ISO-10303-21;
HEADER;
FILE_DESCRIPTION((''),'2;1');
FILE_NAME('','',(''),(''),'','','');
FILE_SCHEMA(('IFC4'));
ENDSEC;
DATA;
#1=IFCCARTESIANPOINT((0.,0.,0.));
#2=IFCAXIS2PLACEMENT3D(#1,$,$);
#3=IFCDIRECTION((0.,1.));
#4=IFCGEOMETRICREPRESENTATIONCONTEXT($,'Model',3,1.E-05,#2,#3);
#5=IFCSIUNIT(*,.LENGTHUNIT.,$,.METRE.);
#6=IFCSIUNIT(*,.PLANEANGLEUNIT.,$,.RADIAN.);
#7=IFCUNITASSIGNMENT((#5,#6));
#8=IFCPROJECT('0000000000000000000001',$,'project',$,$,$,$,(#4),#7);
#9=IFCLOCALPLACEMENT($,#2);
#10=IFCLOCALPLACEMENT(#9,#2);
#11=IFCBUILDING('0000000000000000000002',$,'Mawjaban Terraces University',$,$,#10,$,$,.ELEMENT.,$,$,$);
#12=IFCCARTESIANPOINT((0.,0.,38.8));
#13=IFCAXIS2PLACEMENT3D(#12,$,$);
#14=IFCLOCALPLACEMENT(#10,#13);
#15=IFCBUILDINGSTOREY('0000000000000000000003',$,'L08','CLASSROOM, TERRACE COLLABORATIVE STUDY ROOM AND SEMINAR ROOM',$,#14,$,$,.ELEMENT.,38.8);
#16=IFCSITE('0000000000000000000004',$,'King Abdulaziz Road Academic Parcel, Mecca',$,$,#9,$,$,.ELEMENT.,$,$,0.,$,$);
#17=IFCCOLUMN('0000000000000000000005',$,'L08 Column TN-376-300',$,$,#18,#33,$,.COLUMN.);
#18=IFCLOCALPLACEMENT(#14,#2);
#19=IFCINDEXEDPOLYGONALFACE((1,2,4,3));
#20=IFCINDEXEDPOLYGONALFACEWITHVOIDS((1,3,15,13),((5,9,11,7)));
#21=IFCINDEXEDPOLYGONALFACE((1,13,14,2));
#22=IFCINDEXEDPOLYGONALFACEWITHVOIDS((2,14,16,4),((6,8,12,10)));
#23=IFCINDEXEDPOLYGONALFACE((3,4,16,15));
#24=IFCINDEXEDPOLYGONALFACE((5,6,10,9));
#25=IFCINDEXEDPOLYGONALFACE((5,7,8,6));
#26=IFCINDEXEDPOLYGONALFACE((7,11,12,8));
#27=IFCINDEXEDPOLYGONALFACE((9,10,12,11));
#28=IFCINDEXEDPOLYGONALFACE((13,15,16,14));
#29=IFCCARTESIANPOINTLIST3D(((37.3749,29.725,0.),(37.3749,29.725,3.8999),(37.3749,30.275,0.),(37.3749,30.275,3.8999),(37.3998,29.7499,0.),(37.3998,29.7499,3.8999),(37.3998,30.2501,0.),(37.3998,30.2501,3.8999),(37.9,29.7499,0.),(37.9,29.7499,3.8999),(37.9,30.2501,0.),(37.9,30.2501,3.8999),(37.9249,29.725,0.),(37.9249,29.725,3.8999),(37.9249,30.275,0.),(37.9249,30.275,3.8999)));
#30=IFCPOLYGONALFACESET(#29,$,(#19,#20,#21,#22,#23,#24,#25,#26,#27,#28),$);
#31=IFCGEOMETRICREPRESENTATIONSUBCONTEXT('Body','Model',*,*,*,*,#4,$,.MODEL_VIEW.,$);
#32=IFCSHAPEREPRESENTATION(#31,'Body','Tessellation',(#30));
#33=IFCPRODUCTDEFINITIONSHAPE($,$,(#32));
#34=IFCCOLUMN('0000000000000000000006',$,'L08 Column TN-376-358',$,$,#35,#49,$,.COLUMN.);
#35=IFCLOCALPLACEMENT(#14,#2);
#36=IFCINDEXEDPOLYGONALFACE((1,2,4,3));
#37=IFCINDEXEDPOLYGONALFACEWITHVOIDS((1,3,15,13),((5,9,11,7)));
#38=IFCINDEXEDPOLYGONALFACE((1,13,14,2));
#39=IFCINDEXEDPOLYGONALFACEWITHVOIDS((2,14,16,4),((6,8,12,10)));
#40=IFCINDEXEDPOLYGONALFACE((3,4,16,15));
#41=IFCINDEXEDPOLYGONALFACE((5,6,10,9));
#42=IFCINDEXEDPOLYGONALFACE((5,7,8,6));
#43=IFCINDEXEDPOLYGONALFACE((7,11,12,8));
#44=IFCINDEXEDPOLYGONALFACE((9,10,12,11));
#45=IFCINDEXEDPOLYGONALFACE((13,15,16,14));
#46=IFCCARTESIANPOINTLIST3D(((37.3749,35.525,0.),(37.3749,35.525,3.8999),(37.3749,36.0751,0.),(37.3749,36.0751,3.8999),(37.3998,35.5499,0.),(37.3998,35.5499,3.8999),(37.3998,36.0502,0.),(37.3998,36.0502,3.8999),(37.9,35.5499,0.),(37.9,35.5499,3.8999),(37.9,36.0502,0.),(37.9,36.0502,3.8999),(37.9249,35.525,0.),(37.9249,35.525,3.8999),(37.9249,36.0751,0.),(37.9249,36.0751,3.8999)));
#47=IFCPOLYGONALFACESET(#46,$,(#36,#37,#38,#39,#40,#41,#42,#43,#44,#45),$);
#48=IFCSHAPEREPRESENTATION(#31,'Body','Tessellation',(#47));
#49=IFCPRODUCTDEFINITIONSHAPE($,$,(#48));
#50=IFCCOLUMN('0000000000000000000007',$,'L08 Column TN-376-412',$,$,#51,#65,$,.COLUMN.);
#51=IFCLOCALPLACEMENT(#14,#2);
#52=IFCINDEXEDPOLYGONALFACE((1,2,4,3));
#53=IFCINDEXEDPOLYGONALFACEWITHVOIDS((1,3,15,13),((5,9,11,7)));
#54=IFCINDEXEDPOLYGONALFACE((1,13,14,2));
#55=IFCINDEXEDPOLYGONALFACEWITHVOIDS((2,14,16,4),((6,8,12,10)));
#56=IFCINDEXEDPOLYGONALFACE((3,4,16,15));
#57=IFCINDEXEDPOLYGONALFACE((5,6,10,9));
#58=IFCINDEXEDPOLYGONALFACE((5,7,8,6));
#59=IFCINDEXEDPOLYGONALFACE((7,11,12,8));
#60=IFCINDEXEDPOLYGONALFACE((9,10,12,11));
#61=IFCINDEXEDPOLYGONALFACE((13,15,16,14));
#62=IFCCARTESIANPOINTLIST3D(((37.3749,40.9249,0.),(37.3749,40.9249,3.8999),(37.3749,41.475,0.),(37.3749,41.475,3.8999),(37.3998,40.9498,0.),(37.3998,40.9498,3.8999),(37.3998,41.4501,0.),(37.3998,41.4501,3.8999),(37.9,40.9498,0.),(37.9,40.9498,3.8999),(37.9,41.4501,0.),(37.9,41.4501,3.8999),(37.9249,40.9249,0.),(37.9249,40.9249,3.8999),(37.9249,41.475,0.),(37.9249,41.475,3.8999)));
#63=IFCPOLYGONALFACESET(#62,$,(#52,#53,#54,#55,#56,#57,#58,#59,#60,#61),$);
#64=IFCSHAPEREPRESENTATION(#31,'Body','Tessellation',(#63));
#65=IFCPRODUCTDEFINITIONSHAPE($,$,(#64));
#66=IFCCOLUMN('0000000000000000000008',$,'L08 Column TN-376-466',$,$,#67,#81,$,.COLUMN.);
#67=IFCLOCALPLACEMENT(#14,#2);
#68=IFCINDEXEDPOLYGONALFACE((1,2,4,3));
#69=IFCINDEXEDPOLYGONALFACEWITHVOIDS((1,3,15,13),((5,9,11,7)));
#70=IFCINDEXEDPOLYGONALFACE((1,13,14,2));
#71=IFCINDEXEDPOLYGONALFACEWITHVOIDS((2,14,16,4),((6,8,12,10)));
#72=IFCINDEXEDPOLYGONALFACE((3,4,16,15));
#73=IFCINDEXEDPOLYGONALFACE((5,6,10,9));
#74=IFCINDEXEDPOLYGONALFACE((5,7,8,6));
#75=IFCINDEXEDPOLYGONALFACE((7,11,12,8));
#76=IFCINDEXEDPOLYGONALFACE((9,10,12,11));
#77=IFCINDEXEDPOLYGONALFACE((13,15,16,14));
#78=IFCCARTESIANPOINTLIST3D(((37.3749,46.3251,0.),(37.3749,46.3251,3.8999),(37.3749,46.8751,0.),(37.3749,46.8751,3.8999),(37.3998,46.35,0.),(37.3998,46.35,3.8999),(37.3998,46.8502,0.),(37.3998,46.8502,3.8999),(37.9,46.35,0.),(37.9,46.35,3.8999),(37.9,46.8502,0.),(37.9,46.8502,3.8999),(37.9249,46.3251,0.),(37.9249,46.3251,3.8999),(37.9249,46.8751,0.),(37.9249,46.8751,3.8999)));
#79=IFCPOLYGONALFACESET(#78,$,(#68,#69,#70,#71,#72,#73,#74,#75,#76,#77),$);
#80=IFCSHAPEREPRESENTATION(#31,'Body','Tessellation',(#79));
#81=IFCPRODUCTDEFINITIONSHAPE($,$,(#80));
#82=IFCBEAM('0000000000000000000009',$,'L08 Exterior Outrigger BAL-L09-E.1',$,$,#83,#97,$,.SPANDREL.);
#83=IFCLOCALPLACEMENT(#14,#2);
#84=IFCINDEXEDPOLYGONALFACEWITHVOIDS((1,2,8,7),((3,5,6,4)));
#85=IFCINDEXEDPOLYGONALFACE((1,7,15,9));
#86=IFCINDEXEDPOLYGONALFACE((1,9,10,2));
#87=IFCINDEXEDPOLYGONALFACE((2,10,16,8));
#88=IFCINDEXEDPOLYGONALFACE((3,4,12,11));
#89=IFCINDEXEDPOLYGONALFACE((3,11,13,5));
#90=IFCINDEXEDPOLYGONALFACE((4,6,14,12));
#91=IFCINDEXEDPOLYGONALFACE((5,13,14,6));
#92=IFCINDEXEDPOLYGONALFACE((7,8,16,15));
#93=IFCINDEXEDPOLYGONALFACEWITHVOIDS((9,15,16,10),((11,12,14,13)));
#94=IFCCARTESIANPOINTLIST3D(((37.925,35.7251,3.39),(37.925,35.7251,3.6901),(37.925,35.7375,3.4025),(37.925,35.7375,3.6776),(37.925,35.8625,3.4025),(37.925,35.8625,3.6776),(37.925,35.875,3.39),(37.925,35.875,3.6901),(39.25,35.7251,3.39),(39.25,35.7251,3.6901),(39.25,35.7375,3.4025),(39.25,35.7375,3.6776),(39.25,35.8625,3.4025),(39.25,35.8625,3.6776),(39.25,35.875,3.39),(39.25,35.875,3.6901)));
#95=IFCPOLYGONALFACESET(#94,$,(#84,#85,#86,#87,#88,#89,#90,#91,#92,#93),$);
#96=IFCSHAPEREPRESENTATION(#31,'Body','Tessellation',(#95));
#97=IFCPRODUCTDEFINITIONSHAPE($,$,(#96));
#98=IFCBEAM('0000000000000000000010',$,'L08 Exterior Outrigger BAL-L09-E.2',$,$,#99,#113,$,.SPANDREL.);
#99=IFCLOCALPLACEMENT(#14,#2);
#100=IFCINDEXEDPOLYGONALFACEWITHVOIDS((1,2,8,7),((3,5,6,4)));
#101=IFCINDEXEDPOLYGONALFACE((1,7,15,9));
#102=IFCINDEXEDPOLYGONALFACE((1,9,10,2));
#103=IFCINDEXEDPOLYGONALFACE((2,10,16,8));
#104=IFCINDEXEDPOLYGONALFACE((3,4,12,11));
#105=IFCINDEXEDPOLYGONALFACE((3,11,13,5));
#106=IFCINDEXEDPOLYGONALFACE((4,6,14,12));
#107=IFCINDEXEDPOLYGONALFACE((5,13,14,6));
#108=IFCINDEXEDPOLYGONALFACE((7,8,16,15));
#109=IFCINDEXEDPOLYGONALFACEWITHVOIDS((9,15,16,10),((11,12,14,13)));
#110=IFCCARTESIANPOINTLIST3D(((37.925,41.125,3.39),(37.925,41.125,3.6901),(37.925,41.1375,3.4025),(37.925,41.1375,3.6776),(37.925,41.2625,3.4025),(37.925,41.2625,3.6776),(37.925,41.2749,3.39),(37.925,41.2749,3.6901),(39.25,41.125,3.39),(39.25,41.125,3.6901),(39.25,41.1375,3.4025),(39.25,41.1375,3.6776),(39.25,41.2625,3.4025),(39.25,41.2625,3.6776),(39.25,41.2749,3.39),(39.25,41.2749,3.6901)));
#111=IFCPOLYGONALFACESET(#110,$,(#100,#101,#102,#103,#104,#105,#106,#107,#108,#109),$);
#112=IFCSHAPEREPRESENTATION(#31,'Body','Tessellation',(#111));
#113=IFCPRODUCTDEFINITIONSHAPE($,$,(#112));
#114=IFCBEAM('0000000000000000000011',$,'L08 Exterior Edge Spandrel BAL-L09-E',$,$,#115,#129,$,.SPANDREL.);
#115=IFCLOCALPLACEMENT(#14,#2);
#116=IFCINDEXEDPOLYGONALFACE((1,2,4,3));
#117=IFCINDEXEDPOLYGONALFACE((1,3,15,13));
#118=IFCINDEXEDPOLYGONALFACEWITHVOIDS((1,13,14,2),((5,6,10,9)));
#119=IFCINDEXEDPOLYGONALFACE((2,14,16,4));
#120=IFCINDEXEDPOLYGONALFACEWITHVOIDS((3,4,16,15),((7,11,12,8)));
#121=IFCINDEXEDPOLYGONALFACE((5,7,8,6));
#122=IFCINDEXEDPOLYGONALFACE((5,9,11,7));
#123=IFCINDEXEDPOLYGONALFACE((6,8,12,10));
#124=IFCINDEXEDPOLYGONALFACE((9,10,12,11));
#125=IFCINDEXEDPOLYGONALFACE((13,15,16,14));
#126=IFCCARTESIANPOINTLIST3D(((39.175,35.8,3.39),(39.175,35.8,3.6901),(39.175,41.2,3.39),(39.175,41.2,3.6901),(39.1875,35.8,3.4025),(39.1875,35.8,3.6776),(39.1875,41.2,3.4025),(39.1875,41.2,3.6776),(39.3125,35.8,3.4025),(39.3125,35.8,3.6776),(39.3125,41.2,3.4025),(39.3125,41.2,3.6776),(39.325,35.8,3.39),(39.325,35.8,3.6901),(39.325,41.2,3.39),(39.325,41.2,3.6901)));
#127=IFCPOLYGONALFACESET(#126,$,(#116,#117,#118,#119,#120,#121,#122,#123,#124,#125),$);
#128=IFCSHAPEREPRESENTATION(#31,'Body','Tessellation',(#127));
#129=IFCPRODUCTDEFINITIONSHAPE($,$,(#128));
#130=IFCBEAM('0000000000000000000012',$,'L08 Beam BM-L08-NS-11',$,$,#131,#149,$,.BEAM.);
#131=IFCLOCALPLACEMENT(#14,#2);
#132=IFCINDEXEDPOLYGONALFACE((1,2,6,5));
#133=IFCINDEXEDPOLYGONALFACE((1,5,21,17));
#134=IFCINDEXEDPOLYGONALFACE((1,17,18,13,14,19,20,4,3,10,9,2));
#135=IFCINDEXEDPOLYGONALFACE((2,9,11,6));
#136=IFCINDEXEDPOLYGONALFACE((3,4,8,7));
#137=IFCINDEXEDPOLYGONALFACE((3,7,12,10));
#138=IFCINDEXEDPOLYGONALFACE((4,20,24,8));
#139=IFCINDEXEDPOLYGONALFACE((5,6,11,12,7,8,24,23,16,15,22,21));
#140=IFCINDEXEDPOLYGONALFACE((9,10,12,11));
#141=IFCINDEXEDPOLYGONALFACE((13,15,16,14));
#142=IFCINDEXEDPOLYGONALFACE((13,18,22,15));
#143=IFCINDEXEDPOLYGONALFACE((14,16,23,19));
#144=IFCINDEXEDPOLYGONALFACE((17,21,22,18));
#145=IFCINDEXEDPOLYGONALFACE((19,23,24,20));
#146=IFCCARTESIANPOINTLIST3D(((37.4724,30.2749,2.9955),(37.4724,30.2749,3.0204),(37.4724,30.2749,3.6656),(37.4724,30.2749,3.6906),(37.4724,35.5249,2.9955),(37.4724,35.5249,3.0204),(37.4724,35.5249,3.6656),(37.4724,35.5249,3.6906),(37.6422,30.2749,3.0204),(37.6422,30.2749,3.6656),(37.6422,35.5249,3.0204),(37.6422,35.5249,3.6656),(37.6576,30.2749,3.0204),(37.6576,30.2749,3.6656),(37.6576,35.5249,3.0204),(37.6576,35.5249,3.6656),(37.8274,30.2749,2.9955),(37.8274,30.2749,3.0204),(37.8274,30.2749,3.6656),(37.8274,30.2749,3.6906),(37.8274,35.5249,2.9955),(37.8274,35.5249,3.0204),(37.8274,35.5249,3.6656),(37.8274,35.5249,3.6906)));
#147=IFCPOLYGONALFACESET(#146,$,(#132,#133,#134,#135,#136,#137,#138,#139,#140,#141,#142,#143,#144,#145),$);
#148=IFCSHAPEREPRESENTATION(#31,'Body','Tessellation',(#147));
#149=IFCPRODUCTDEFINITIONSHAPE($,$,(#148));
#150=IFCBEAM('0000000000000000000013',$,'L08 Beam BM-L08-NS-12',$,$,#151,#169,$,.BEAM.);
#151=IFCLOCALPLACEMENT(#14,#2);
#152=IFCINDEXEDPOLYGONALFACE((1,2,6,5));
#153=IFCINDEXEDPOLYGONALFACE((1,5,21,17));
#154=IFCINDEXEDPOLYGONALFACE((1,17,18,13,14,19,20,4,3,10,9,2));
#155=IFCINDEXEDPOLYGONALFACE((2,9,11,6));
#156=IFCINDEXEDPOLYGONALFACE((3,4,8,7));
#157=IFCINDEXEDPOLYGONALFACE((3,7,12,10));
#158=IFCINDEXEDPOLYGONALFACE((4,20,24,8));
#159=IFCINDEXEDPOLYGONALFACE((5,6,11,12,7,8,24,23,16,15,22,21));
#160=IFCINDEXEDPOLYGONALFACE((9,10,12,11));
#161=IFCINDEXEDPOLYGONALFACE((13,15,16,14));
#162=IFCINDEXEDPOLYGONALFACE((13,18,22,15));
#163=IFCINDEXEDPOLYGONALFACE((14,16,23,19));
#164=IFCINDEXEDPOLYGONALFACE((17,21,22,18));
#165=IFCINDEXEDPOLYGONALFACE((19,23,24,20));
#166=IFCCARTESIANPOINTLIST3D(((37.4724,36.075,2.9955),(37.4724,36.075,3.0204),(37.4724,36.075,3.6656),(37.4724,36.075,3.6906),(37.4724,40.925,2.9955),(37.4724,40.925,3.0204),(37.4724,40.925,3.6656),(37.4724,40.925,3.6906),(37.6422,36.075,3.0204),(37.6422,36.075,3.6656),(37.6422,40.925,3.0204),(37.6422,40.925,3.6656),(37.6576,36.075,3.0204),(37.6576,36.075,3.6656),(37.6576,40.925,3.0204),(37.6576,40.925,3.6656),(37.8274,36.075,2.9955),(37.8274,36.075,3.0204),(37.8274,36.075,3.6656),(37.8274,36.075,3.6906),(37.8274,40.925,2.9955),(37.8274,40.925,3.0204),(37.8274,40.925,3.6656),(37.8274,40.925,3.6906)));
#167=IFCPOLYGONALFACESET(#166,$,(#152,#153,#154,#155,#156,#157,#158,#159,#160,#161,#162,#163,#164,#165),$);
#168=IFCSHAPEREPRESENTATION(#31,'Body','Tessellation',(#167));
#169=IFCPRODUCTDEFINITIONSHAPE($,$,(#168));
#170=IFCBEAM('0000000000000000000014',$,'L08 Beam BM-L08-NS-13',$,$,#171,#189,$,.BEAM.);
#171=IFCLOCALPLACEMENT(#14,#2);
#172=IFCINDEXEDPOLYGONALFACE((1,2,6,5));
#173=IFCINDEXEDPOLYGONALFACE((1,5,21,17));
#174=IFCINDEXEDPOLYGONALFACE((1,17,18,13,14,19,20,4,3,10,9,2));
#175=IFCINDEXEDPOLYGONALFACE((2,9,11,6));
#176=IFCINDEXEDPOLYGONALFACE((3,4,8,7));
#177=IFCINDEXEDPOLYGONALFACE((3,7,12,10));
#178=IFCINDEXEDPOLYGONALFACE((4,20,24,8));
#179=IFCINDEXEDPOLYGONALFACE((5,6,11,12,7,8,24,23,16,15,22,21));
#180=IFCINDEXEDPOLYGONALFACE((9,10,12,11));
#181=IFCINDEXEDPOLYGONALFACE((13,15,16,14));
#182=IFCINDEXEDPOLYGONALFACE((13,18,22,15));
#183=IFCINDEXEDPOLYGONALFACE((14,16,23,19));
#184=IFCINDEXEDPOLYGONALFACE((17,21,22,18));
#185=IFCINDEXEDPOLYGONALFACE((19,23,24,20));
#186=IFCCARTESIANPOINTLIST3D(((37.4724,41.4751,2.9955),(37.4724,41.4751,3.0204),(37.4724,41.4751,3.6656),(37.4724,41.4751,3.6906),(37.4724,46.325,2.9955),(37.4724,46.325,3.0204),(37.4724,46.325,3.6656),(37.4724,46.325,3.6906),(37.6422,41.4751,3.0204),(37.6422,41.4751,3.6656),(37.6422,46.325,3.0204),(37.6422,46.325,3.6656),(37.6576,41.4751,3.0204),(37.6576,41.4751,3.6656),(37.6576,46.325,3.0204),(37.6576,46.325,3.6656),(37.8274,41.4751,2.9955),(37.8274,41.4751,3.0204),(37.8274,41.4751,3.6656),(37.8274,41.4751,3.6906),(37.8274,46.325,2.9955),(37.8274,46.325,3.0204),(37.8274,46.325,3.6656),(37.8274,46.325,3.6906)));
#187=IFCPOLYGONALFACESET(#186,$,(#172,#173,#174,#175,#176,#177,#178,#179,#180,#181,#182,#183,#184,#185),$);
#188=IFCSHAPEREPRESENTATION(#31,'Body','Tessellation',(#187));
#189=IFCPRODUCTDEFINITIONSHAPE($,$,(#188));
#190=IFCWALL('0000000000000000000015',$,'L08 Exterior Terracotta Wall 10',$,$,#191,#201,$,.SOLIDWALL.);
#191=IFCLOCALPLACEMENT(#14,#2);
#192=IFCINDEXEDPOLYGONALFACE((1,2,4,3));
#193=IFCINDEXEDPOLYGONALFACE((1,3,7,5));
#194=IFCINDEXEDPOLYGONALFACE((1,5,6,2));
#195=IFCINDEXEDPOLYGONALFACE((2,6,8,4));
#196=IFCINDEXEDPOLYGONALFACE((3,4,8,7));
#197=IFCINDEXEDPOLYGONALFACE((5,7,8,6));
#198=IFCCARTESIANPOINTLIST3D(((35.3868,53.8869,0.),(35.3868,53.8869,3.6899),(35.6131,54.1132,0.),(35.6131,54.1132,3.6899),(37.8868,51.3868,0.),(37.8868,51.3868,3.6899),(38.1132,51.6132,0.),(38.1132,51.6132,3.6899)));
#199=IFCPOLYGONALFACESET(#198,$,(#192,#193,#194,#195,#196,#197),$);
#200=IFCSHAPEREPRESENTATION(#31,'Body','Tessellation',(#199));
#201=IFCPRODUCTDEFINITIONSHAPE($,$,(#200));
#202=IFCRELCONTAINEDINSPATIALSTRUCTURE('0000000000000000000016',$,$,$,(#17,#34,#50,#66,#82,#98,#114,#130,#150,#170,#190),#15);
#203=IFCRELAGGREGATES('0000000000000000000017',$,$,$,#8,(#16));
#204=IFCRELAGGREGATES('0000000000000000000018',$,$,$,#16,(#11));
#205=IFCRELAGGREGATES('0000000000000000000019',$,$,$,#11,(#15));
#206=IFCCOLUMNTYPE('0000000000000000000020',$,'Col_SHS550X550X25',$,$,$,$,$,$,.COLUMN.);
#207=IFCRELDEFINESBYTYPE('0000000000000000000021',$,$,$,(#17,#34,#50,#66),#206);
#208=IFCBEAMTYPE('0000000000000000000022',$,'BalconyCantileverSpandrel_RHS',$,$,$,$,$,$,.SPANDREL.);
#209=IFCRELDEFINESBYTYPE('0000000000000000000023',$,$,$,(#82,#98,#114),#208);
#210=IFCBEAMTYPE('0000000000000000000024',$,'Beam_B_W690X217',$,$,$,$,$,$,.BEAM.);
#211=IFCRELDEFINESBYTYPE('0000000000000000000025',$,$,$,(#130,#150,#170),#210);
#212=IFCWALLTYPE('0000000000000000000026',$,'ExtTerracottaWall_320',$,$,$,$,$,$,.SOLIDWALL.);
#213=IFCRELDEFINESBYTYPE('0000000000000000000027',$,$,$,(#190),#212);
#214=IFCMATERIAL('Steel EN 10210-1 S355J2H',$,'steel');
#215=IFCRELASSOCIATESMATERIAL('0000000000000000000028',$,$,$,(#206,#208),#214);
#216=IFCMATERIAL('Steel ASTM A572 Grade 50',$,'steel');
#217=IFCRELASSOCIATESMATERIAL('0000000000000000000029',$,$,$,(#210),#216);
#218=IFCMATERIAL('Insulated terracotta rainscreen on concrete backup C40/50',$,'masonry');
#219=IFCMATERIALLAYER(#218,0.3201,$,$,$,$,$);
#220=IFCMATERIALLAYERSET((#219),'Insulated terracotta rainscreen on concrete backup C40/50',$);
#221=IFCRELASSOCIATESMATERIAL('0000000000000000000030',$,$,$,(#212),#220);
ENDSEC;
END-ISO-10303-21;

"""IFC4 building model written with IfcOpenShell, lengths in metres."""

from ifc_helpers import new_model, si_unit, direction, frame, frame_2d, origin, origin_2d, place, context, subcontext, project, spatial, rectangle, hollow_rectangle, i_section, extrude, material, layer, layer_set, material_profile, profile_set, type_object, element, save


model = new_model("IFC4")

# Units and contexts
model_context = context("Model", 3, precision=1e-05, world=origin(), true_north=direction((0.0, 1.0)))
body_context = subcontext(model_context, "Body", "Model", "MODEL_VIEW")
ifc_project = project(units=[si_unit("LENGTHUNIT", "METRE"), si_unit("PLANEANGLEUNIT", "RADIAN")], contexts=[model_context])

# Site, building, storey
site_placement = place(None, origin())
site = spatial("IfcSite", under=ifc_project, at=site_placement, Name="King Abdulaziz Road Academic Parcel, Mecca", CompositionType="ELEMENT", RefElevation=0.0)
building_placement = place(site_placement, origin())
building = spatial("IfcBuilding", under=site, at=building_placement, Name="Mawjaban Terraces University", CompositionType="ELEMENT")
storey_placement = place(building_placement, frame((0.0, 0.0, 38.8)))
storey = spatial("IfcBuildingStorey", under=building, at=storey_placement, Name="L08", Description="CLASSROOM, TERRACE COLLABORATIVE STUDY ROOM AND SEMINAR ROOM", CompositionType="ELEMENT", Elevation=38.8)

# Columns
ifc_material_1 = material(Name="Steel EN 10210-1 S355J2H", Category="steel")
ifc_material_profile_1 = material_profile(ifc_material_1, hollow_rectangle(XDim=0.55, YDim=0.55, WallThickness=0.0249, at=origin_2d()), Name="SHS550X550X25")
ifc_profile_set_1 = profile_set([ifc_material_profile_1], Name="Steel EN 10210-1 S355J2H")
column_type = type_object("IfcColumnType", Name="Col_SHS550X550X25", PredefinedType="COLUMN", material=ifc_profile_set_1)
for number, where, z_axis, x_axis, name in (
    (1, (37.6499, 30.0, 0.0), (0.0, 0.0, 1.0), (1.0, 0.0, 0.0), "L08 Column TN-376-300"),
    (2, (37.6499, 35.8, 0.0), (0.0, 0.0, 1.0), (1.0, 0.0, 0.0), "L08 Column TN-376-358"),
    (3, (37.6499, 41.2, 0.0), (0.0, 0.0, 1.0), (1.0, 0.0, 0.0), "L08 Column TN-376-412"),
    (4, (37.6499, 46.6001, 0.0), (0.0, 0.0, 1.0), (1.0, 0.0, 0.0), "L08 Column TN-376-466"),
):
    element("IfcColumn", number, at=place(storey_placement, frame(where, z_axis=z_axis, x_axis=x_axis)), inside=storey, type_object=column_type, Name=name, PredefinedType="COLUMN", context=body_context, shape_type="SweptSolid", body=[
        extrude(hollow_rectangle(XDim=0.55, YDim=0.55, WallThickness=0.0249, at=origin_2d()), origin(), (0.0, 0.0, 1.0), 3.8999),
    ])

# Beams
ifc_material_profile_2 = material_profile(ifc_material_1, hollow_rectangle(XDim=0.1499, YDim=0.3, WallThickness=0.0125, at=origin_2d()), Name="RHS300X150X12.5")
ifc_profile_set_2 = profile_set([ifc_material_profile_2], Name="Steel EN 10210-1 S355J2H")
beam_type_1 = type_object("IfcBeamType", Name="BalconyCantileverSpandrel_RHS", PredefinedType="SPANDREL", material=ifc_profile_set_2)
for number, where, z_axis, x_axis, name in (
    (5, (37.925, 35.8, 3.54), (1.0, 0.0, 0.0), (0.0, 1.0, 0.0), "L08 Exterior Outrigger BAL-L09-E.1"),
    (6, (37.925, 41.2, 3.54), (1.0, 0.0, 0.0), (0.0, 1.0, 0.0), "L08 Exterior Outrigger BAL-L09-E.2"),
):
    element("IfcBeam", number, at=place(storey_placement, frame(where, z_axis=z_axis, x_axis=x_axis)), inside=storey, type_object=beam_type_1, Name=name, PredefinedType="SPANDREL", context=body_context, shape_type="SweptSolid", body=[
        extrude(hollow_rectangle(XDim=0.1499, YDim=0.3, WallThickness=0.0125, at=origin_2d()), origin(), (0.0, 0.0, 1.0), 1.325),
    ])
beam_1_placement = place(storey_placement, frame((39.25, 35.8, 3.54), z_axis=(0.0, 1.0, 0.0), x_axis=(-1.0, 0.0, 0.0)))
element("IfcBeam", 7, at=beam_1_placement, inside=storey, type_object=beam_type_1, Name="L08 Exterior Edge Spandrel BAL-L09-E", PredefinedType="SPANDREL", context=body_context, shape_type="SweptSolid", body=[
    extrude(hollow_rectangle(XDim=0.1499, YDim=0.3, WallThickness=0.0125, at=origin_2d()), origin(), (0.0, 0.0, 1.0), 5.3999),
])
ifc_material_2 = material(Name="Steel ASTM A572 Grade 50", Category="steel")
ifc_material_profile_3 = material_profile(ifc_material_2, i_section(OverallWidth=0.355, OverallDepth=0.6951, WebThickness=0.0154, FlangeThickness=0.0249, at=origin_2d()), Name="W690X217")
ifc_profile_set_3 = profile_set([ifc_material_profile_3], Name="Steel ASTM A572 Grade 50")
beam_type_2 = type_object("IfcBeamType", Name="Beam_B_W690X217", PredefinedType="BEAM", material=ifc_profile_set_3)
beam_2_placement = place(storey_placement, frame((37.6499, 30.2749, 3.343), z_axis=(0.0, 1.0, 0.0), x_axis=(-1.0, 0.0, 0.0)))
element("IfcBeam", 8, at=beam_2_placement, inside=storey, type_object=beam_type_2, Name="L08 Beam BM-L08-NS-11", PredefinedType="BEAM", context=body_context, shape_type="SweptSolid", body=[
    extrude(i_section(OverallWidth=0.355, OverallDepth=0.6951, WebThickness=0.0154, FlangeThickness=0.0249, at=origin_2d()), origin(), (0.0, 0.0, 1.0), 5.25),
])
beam_3_placement = place(storey_placement, frame((37.6499, 36.075, 3.343), z_axis=(0.0, 1.0, 0.0), x_axis=(-1.0, 0.0, 0.0)))
element("IfcBeam", 9, at=beam_3_placement, inside=storey, type_object=beam_type_2, Name="L08 Beam BM-L08-NS-12", PredefinedType="BEAM", context=body_context, shape_type="SweptSolid", body=[
    extrude(i_section(OverallWidth=0.355, OverallDepth=0.6951, WebThickness=0.0154, FlangeThickness=0.0249, at=origin_2d()), origin(), (0.0, 0.0, 1.0), 4.8501),
])
beam_4_placement = place(storey_placement, frame((37.6499, 41.4751, 3.343), z_axis=(0.0, 1.0, 0.0), x_axis=(-1.0, 0.0, 0.0)))
element("IfcBeam", 10, at=beam_4_placement, inside=storey, type_object=beam_type_2, Name="L08 Beam BM-L08-NS-13", PredefinedType="BEAM", context=body_context, shape_type="SweptSolid", body=[
    extrude(i_section(OverallWidth=0.355, OverallDepth=0.6951, WebThickness=0.0154, FlangeThickness=0.0249, at=origin_2d()), origin(), (0.0, 0.0, 1.0), 4.8499),
])

# Wall
ifc_material_3 = material(Name="Insulated terracotta rainscreen on concrete backup C40/50", Category="masonry")
ifc_layer_1 = layer(ifc_material_3, 0.3201)
ifc_layer_set_1 = layer_set([ifc_layer_1], Name="Insulated terracotta rainscreen on concrete backup C40/50")
wall_type_1 = type_object("IfcWallType", Name="ExtTerracottaWall_320", PredefinedType="SOLIDWALL", material=ifc_layer_set_1)
wall_1_placement = place(storey_placement, frame((38.0, 51.5, 0.0), z_axis=(0.0, 0.0, 1.0), x_axis=(-0.707107, 0.707107, 0.0)))
element("IfcWall", 11, at=wall_1_placement, inside=storey, type_object=wall_type_1, Name="L08 Exterior Terracotta Wall 10", PredefinedType="SOLIDWALL", context=body_context, shape_type="SweptSolid", body=[
    extrude(rectangle(XDim=3.5356, YDim=0.3201, at=frame_2d((1.7678, 0.0))), origin(), (0.0, 0.0, 1.0), 3.6899),
])

save(model, "model.ifc")
